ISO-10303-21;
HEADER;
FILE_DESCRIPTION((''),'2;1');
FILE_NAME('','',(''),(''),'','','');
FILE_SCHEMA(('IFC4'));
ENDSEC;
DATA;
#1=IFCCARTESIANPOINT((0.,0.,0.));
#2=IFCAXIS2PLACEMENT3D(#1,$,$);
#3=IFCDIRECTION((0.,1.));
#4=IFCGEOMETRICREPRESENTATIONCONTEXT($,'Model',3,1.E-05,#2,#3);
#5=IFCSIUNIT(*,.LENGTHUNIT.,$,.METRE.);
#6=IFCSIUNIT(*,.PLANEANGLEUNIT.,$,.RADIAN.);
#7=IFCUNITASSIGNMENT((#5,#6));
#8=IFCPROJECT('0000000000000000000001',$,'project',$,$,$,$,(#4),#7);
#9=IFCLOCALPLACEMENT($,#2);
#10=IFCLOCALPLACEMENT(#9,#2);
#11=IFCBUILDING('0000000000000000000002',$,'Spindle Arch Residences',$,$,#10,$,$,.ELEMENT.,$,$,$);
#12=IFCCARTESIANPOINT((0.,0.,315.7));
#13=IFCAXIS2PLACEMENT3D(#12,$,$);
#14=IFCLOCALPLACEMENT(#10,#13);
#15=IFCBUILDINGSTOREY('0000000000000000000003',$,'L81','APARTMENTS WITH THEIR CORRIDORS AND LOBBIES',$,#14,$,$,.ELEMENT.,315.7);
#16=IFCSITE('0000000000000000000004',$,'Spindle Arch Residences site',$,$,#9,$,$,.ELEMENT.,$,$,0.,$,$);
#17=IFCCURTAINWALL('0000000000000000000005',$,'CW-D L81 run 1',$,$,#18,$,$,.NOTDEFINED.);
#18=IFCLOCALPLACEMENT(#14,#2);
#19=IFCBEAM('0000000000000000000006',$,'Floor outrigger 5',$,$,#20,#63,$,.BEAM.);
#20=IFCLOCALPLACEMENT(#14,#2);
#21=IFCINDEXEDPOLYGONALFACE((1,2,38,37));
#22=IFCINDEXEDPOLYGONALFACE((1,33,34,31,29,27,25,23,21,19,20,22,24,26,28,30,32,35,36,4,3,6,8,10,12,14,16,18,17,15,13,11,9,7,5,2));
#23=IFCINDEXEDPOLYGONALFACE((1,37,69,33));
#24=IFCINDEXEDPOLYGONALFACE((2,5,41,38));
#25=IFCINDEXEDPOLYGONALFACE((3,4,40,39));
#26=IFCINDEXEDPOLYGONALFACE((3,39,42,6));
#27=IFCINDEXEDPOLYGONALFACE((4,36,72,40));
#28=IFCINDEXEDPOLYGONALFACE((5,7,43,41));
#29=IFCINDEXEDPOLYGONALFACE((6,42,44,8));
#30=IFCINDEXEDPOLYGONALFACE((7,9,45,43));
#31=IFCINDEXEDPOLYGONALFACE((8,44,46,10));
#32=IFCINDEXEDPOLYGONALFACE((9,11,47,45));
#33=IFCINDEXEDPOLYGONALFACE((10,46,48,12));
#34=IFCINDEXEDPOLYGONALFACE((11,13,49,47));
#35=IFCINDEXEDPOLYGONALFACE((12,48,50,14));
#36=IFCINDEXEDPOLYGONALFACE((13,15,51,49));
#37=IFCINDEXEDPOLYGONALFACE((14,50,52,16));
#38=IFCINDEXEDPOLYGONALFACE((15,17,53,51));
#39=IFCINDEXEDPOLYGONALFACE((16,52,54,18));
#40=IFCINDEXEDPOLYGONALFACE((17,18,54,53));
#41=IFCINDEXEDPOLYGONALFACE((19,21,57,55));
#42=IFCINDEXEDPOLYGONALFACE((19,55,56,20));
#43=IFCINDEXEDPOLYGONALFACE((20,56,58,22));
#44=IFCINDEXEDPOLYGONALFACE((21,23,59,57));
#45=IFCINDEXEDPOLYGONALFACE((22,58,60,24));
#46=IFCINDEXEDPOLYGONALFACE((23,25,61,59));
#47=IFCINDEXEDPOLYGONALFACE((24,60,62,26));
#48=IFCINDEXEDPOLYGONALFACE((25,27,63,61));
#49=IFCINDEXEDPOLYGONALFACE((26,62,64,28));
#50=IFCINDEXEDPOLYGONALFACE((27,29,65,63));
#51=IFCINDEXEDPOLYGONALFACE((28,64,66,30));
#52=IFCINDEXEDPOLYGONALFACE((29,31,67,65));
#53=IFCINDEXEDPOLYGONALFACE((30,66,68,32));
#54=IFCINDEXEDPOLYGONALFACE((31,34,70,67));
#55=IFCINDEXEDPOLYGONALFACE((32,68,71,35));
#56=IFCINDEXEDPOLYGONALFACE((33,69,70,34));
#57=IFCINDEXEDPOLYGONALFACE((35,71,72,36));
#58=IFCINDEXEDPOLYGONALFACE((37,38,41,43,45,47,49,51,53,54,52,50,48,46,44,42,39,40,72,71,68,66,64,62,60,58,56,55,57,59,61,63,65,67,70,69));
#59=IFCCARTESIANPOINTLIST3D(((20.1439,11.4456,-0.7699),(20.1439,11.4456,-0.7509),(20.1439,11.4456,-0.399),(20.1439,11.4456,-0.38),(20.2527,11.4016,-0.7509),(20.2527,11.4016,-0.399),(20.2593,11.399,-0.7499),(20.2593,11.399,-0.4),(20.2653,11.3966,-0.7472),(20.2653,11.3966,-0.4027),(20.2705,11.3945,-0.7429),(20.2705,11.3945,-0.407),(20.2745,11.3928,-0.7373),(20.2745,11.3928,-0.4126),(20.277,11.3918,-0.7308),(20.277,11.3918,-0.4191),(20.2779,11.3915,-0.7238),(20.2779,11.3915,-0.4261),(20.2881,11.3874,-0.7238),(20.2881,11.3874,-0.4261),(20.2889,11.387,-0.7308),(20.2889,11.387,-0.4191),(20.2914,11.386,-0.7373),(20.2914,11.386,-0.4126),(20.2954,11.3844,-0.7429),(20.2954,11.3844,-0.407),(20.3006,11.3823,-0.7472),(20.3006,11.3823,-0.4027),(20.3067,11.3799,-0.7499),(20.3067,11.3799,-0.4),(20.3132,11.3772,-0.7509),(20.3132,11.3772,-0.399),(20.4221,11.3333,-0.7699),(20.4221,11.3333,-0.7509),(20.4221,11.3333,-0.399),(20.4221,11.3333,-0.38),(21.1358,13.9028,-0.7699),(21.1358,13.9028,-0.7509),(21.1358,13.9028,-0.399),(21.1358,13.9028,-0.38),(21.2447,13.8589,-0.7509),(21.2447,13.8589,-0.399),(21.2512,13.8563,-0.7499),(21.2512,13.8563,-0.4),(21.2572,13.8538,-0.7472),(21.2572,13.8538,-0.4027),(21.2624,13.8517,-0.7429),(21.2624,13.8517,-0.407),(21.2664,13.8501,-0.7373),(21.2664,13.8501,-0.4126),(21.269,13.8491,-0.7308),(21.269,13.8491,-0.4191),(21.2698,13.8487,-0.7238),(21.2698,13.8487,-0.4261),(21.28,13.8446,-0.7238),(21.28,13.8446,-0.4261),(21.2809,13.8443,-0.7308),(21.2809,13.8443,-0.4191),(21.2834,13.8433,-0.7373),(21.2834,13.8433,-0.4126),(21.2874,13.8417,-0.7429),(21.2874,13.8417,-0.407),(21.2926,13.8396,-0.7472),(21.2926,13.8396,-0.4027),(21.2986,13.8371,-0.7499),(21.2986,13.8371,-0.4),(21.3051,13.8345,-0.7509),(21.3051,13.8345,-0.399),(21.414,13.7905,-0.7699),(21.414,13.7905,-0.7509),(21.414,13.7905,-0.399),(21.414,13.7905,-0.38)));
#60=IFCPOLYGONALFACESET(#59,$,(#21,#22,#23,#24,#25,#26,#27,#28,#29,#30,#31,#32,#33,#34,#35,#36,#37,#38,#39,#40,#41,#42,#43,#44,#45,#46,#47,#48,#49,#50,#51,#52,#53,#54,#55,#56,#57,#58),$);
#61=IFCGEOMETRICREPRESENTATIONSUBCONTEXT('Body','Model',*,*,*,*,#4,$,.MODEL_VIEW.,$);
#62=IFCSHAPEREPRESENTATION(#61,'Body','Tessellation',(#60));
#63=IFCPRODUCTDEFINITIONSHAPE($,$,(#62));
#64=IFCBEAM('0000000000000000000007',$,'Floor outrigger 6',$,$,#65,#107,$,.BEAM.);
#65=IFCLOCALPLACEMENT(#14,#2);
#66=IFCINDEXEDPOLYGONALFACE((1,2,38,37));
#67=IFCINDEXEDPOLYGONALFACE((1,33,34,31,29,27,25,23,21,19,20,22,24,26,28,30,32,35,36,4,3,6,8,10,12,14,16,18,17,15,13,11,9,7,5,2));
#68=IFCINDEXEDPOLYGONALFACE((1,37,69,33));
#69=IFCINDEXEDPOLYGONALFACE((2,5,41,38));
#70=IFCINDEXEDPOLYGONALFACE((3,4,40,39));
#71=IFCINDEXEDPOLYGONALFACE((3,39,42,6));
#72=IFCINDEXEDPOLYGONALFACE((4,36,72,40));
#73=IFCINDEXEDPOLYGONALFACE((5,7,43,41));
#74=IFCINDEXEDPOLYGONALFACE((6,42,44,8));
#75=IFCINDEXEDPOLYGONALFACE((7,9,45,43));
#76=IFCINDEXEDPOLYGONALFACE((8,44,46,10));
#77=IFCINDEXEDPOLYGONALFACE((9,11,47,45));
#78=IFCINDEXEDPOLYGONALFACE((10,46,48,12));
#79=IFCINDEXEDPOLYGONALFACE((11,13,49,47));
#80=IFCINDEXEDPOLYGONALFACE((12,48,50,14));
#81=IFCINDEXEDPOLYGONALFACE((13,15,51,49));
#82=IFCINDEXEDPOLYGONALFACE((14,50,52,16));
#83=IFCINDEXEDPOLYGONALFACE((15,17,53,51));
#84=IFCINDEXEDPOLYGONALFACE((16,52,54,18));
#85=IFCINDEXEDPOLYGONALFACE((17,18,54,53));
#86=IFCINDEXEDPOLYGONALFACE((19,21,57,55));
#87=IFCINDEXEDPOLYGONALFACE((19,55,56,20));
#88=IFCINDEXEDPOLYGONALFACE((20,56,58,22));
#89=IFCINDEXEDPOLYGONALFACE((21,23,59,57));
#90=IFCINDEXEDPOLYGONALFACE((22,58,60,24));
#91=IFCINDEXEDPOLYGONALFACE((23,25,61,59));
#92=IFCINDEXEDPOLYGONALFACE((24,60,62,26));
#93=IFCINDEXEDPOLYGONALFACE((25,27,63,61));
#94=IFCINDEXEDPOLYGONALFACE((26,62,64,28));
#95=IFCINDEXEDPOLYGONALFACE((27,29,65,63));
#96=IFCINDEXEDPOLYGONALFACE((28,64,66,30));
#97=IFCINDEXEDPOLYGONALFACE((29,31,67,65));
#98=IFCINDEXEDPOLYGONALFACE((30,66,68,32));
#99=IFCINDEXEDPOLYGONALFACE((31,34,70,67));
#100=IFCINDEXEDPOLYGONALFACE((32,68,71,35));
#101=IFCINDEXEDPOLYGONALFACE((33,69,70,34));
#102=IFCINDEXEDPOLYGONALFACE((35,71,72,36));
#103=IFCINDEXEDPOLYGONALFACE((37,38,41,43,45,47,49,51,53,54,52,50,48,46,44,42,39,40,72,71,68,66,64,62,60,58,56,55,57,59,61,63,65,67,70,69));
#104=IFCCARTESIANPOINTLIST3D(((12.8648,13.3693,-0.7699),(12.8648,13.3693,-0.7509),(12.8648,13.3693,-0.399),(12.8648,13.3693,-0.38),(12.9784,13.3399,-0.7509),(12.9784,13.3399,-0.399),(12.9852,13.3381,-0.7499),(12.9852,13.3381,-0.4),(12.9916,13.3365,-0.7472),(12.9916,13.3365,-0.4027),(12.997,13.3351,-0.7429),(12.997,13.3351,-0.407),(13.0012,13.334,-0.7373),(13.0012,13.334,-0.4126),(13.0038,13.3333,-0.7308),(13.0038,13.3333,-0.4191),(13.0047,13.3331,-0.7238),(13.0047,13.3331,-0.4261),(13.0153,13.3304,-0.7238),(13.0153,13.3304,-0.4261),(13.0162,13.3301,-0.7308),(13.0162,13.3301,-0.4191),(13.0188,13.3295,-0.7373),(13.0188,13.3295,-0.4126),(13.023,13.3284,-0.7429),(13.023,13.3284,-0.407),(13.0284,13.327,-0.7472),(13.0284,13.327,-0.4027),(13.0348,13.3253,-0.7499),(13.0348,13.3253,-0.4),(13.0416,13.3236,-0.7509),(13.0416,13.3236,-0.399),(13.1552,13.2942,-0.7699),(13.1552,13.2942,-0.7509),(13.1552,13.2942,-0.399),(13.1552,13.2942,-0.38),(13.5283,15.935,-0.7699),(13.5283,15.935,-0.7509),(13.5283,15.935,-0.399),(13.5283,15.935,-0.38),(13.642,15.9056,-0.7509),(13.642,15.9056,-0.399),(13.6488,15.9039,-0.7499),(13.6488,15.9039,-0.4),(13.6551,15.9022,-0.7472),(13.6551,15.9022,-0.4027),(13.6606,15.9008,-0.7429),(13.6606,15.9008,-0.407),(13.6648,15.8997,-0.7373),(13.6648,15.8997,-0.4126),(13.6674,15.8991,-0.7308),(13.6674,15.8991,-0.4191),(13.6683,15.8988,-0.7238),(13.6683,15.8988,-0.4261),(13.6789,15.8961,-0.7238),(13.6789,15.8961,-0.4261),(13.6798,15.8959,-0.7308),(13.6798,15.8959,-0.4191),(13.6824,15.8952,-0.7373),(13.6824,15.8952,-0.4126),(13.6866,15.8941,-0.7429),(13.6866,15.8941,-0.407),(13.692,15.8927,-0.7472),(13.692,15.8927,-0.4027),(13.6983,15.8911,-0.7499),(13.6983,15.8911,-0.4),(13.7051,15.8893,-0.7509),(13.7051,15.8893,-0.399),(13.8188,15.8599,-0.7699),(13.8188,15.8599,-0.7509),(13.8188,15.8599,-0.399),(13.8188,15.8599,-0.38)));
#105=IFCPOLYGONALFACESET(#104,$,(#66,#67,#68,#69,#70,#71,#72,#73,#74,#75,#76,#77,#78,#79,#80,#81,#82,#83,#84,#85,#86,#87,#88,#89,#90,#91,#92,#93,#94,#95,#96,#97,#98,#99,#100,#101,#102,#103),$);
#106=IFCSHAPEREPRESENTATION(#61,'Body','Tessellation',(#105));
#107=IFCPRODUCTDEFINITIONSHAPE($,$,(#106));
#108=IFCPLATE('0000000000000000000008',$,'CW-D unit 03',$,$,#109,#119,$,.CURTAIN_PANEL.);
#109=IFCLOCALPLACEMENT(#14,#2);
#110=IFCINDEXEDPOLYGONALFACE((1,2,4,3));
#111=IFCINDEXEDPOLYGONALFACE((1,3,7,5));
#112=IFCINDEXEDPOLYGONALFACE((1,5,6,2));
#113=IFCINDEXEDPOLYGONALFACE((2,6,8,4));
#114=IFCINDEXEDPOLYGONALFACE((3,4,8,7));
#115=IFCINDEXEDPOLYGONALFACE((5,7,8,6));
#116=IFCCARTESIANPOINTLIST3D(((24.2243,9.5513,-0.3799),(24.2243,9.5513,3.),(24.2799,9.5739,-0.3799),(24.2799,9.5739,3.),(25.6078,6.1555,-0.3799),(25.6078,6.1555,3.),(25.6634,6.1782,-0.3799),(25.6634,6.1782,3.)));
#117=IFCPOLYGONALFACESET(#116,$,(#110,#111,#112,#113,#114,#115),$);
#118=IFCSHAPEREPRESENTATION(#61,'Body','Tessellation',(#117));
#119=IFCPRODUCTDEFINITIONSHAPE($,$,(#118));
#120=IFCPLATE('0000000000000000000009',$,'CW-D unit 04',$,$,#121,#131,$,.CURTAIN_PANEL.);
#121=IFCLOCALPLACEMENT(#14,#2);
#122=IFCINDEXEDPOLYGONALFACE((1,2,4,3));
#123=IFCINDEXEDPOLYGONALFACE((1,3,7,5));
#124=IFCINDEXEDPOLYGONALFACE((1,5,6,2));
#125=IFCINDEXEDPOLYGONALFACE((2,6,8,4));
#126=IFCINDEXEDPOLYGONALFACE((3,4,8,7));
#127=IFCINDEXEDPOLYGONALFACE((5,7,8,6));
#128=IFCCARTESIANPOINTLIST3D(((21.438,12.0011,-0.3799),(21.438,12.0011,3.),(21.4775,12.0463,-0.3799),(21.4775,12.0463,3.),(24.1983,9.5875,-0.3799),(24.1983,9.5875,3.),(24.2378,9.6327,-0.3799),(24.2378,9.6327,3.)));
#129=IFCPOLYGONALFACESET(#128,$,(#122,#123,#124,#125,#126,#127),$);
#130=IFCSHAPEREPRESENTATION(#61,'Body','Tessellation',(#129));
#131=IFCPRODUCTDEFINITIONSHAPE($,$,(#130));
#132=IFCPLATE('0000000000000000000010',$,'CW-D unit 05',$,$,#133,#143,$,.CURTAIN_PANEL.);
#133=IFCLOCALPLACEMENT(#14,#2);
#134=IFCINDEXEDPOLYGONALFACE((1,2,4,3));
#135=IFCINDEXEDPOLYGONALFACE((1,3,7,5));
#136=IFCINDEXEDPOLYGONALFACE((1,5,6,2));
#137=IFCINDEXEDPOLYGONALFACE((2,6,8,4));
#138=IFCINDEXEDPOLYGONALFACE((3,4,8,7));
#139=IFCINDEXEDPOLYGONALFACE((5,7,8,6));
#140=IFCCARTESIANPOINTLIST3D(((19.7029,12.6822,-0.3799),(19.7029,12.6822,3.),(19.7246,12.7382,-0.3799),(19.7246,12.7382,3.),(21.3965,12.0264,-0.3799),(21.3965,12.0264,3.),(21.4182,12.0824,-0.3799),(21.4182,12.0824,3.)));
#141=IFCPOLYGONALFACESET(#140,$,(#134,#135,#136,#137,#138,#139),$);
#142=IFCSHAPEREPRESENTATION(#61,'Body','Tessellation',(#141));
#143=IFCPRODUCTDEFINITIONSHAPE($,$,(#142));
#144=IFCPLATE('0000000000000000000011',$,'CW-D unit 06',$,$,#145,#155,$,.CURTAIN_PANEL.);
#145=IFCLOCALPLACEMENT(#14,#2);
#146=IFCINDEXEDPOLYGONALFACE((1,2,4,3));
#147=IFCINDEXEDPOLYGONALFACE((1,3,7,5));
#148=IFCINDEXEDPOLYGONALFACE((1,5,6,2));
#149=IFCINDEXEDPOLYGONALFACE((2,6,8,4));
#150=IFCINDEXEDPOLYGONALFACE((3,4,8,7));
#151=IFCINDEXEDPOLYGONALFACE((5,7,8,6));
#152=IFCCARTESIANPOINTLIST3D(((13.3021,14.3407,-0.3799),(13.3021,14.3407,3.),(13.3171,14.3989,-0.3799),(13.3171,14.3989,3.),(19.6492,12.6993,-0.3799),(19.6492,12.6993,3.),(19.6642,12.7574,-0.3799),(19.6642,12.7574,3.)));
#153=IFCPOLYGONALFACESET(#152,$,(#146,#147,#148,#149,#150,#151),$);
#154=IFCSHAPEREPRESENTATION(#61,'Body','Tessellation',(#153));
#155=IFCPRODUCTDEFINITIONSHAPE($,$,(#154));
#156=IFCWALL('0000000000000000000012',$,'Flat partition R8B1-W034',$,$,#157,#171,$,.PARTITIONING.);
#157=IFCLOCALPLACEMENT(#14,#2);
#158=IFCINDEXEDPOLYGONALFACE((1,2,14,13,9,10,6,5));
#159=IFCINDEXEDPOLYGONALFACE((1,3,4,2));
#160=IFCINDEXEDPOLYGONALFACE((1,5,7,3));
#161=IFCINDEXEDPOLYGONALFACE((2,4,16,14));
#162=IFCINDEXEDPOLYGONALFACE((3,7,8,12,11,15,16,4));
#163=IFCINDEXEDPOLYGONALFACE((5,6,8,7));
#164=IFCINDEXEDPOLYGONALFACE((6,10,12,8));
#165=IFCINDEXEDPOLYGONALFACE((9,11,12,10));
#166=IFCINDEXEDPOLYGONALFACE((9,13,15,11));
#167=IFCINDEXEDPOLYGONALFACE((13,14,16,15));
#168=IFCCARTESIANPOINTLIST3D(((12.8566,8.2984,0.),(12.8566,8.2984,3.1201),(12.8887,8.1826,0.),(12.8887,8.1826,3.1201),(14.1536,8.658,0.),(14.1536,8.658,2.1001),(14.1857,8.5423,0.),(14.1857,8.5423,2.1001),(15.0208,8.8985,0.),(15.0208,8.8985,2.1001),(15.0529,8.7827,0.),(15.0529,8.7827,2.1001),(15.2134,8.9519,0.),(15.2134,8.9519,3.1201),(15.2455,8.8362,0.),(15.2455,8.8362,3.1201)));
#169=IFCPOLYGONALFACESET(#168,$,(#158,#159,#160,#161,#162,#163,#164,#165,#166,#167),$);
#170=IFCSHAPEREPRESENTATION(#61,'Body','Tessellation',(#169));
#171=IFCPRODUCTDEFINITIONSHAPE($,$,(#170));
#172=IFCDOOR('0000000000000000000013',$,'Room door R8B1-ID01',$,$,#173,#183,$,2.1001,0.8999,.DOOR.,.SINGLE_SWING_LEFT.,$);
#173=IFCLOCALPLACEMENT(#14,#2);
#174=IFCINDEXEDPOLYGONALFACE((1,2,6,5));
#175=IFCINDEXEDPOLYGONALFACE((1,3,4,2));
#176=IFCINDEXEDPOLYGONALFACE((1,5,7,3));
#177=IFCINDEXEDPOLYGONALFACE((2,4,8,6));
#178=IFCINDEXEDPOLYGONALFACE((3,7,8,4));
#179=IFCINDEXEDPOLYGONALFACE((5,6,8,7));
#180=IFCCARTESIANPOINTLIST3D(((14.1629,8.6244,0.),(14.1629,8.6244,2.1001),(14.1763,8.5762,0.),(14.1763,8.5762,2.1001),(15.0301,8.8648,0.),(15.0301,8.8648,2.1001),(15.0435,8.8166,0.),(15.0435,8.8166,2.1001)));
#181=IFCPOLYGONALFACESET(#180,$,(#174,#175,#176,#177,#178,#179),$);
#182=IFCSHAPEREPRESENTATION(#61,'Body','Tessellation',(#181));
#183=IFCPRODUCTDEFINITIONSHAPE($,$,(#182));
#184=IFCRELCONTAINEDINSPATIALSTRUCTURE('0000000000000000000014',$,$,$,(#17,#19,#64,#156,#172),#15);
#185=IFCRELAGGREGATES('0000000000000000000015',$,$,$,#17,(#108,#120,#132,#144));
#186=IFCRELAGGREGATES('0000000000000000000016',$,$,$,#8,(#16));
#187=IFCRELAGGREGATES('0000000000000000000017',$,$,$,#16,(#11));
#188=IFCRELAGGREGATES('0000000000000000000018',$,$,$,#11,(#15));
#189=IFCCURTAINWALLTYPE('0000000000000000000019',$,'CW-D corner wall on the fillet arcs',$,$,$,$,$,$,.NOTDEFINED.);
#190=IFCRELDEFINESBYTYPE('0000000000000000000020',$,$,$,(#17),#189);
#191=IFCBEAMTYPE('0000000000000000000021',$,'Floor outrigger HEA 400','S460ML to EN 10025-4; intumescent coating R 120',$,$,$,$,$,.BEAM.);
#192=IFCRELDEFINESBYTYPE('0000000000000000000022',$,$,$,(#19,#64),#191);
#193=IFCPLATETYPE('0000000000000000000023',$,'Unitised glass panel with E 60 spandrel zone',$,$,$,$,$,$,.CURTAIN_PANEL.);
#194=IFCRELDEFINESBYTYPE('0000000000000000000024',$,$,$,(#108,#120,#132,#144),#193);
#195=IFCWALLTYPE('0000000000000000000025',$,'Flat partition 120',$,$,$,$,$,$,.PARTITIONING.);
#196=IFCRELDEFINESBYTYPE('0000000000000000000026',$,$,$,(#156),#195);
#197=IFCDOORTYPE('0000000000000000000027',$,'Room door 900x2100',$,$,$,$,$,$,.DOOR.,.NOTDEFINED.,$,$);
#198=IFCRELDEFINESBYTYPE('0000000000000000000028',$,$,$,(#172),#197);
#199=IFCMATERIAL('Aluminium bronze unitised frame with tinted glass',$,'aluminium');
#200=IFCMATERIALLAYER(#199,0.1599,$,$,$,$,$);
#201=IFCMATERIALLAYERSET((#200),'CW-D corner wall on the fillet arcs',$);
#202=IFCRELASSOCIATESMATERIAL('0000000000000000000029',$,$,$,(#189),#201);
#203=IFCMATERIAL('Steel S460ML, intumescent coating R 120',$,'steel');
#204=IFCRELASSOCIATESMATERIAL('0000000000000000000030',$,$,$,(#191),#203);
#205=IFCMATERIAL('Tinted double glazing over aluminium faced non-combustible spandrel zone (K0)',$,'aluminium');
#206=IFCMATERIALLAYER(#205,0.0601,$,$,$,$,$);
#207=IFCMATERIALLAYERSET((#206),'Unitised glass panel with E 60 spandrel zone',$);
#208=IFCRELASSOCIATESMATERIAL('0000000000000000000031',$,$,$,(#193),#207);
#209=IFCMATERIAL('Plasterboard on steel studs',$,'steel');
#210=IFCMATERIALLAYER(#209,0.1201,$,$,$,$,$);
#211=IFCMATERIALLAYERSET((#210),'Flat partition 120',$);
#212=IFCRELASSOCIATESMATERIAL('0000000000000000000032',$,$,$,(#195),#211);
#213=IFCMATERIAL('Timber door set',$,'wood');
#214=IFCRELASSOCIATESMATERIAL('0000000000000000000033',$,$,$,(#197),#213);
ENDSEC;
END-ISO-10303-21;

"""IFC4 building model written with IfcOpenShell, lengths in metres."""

from ifc_helpers import new_model, si_unit, direction, frame, frame_2d, origin, origin_2d, place, context, subcontext, project, spatial, rectangle, i_section, extrude, material, layer, layer_set, material_profile, profile_set, type_object, element, fill, aggregate, save


model = new_model("IFC4")

# Units and contexts
model_context = context("Model", 3, precision=1e-05, world=origin(), true_north=direction((0.0, 1.0)))
body_context = subcontext(model_context, "Body", "Model", "MODEL_VIEW")
ifc_project = project(units=[si_unit("LENGTHUNIT", "METRE"), si_unit("PLANEANGLEUNIT", "RADIAN")], contexts=[model_context])

# Site, building, storey
site_placement = place(None, origin())
site = spatial("IfcSite", under=ifc_project, at=site_placement, Name="Spindle Arch Residences site", CompositionType="ELEMENT", RefElevation=0.0)
building_placement = place(site_placement, origin())
building = spatial("IfcBuilding", under=site, at=building_placement, Name="Spindle Arch Residences", CompositionType="ELEMENT")
storey_placement = place(building_placement, frame((0.0, 0.0, 315.7)))
storey = spatial("IfcBuildingStorey", under=building, at=storey_placement, Name="L81", Description="APARTMENTS WITH THEIR CORRIDORS AND LOBBIES", CompositionType="ELEMENT", Elevation=315.7)

# Curtain wall
ifc_material_1 = material(Name="Aluminium bronze unitised frame with tinted glass", Category="aluminium")
ifc_layer_1 = layer(ifc_material_1, 0.1599)
ifc_layer_set_1 = layer_set([ifc_layer_1], Name="CW-D corner wall on the fillet arcs")
curtain_wall_type = type_object("IfcCurtainWallType", Name="CW-D corner wall on the fillet arcs", PredefinedType="NOTDEFINED", material=ifc_layer_set_1)
curtain_wall_placement = place(storey_placement, origin())
curtain_wall = element("IfcCurtainWall", 1, at=curtain_wall_placement, inside=storey, type_object=curtain_wall_type, Name="CW-D L81 run 1", PredefinedType="NOTDEFINED")

# Beams
ifc_material_2 = material(Name="Steel S460ML, intumescent coating R 120", Category="steel")
ifc_material_profile_1 = material_profile(ifc_material_2, i_section(OverallWidth=0.3, OverallDepth=0.3899, WebThickness=0.011, FlangeThickness=0.019, FilletRadius=0.0271, at=origin_2d()), Name="HEA 400")
ifc_profile_set_1 = profile_set([ifc_material_profile_1], Name="Steel S460ML, intumescent coating R 120")
beam_type_1 = type_object("IfcBeamType", Name="Floor outrigger HEA 400", Description="S460ML to EN 10025-4; intumescent coating R 120", PredefinedType="BEAM", material=ifc_profile_set_1)
for number, where, z_axis, x_axis, name in (
    (2, (21.2749, 13.8467, -0.575), (-0.374327, -0.927297, 0.0), (0.927297, -0.374327, 0.0), "Floor outrigger 5"),
):
    element("IfcBeam", number, at=place(storey_placement, frame(where, z_axis=z_axis, x_axis=x_axis)), inside=storey, type_object=beam_type_1, Name=name, PredefinedType="BEAM", context=body_context, shape_type="SweptSolid", body=[
        extrude(i_section(OverallWidth=0.3, OverallDepth=0.3899, WebThickness=0.011, FlangeThickness=0.019, FilletRadius=0.0271, at=origin_2d()), origin(), (0.0, 0.0, 1.0), 2.6499),
    ])
beam_1_placement = place(storey_placement, frame((13.6736, 15.8975, -0.575), z_axis=(-0.250396, -0.968143, 0.0), x_axis=(0.968143, -0.250396, 0.0)))
element("IfcBeam", 3, at=beam_1_placement, inside=storey, type_object=beam_type_1, Name="Floor outrigger 6", PredefinedType="BEAM", context=body_context, shape_type="SweptSolid", body=[
    extrude(i_section(OverallWidth=0.3, OverallDepth=0.3899, WebThickness=0.011, FlangeThickness=0.019, FilletRadius=0.0271, at=origin_2d()), origin(), (0.0, 0.0, 1.0), 2.6501),
])

# Plates
ifc_material_3 = material(Name="Tinted double glazing over aluminium faced non-combustible spandrel zone (K0)", Category="aluminium")
ifc_layer_2 = layer(ifc_material_3, 0.0601)
ifc_layer_set_2 = layer_set([ifc_layer_2], Name="Unitised glass panel with E 60 spandrel zone")
plate_type = type_object("IfcPlateType", Name="Unitised glass panel with E 60 spandrel zone", PredefinedType="CURTAIN_PANEL", material=ifc_layer_set_2)
plate_1_placement = place(storey_placement, frame((24.9438, 7.8647, -0.3799), z_axis=(0.0, 0.0, 1.0), x_axis=(-0.377302, 0.92609, 0.0)))
plate_1 = element("IfcPlate", 4, at=plate_1_placement, type_object=plate_type, Name="CW-D unit 03", PredefinedType="CURTAIN_PANEL", context=body_context, shape_type="SweptSolid", body=[
    extrude(rectangle(XDim=3.6667, YDim=0.0601, at=origin_2d()), origin(), (0.0, 0.0, 1.0), 3.3799),
])
plate_2_placement = place(storey_placement, frame((22.8379, 10.8169, -0.3799), z_axis=(0.0, 0.0, 1.0), x_axis=(-0.752798, 0.658252, 0.0)))
plate_2 = element("IfcPlate", 5, at=plate_2_placement, type_object=plate_type, Name="CW-D unit 04", PredefinedType="CURTAIN_PANEL", context=body_context, shape_type="SweptSolid", body=[
    extrude(rectangle(XDim=3.6667, YDim=0.0601, at=origin_2d()), origin(), (0.0, 0.0, 1.0), 3.3799),
])
plate_3_placement = place(storey_placement, frame((20.5605, 12.3823, -0.3799), z_axis=(0.0, 0.0, 1.0), x_axis=(-0.932534, 0.361082, 0.0)))
plate_3 = element("IfcPlate", 6, at=plate_3_placement, type_object=plate_type, Name="CW-D unit 05", PredefinedType="CURTAIN_PANEL", context=body_context, shape_type="SweptSolid", body=[
    extrude(rectangle(XDim=1.8162, YDim=0.0601, at=origin_2d()), origin(), (0.0, 0.0, 1.0), 3.3799),
])
plate_4_placement = place(storey_placement, frame((16.4832, 13.5491, -0.3799), z_axis=(0.0, 0.0, 1.0), x_axis=(-0.968148, 0.25038, 0.0)))
plate_4 = element("IfcPlate", 7, at=plate_4_placement, type_object=plate_type, Name="CW-D unit 06", PredefinedType="CURTAIN_PANEL", context=body_context, shape_type="SweptSolid", body=[
    extrude(rectangle(XDim=6.5559, YDim=0.0601, at=origin_2d()), origin(), (0.0, 0.0, 1.0), 3.3799),
])
aggregate(curtain_wall, [plate_1, plate_2, plate_3, plate_4])

# Wall, opening, door
ifc_material_4 = material(Name="Plasterboard on steel studs", Category="steel")
ifc_layer_3 = layer(ifc_material_4, 0.1201)
ifc_layer_set_3 = layer_set([ifc_layer_3], Name="Flat partition 120")
wall_type = type_object("IfcWallType", Name="Flat partition 120", PredefinedType="PARTITIONING", material=ifc_layer_set_3)
wall_1_placement = place(storey_placement, frame((15.2295, 8.894, 0.0), z_axis=(0.0, 0.0, 1.0), x_axis=(-0.963638, -0.267211, 0.0)))
wall_1 = element("IfcWall", 8, at=wall_1_placement, inside=storey, type_object=wall_type, Name="Flat partition R8B1-W034", PredefinedType="PARTITIONING", context=body_context, shape_type="SweptSolid", body=[
    extrude(rectangle(XDim=2.4458, YDim=0.1201, at=frame_2d((1.2229, 0.0))), origin(), (0.0, 0.0, 1.0), 3.1201),
])
opening_1_placement = place(wall_1_placement, frame((0.2, 0.0, 0.0)))
opening_1 = element("IfcOpeningElement", 9, at=opening_1_placement, cuts=wall_1, PredefinedType="OPENING", context=body_context, shape_type="SweptSolid", body=[
    extrude(rectangle(XDim=0.8999, YDim=2.1001, at=frame_2d((0.45, 1.05))), frame((0.0, 0.0701, 0.0), z_axis=(0.0, -1.0, 0.0), x_axis=(1.0, 0.0, 0.0)), (0.0, 0.0, 1.0), 0.1401),
])
ifc_material_5 = material(Name="Timber door set", Category="wood")
door_type = type_object("IfcDoorType", Name="Room door 900x2100", OperationType="NOTDEFINED", PredefinedType="DOOR", material=ifc_material_5)
door_1_placement = place(opening_1_placement, origin())
door_1 = element("IfcDoor", 10, at=door_1_placement, inside=storey, type_object=door_type, Name="Room door R8B1-ID01", OperationType="SINGLE_SWING_LEFT", OverallHeight=2.1001, OverallWidth=0.8999, PredefinedType="DOOR", context=body_context, shape_type="SweptSolid", body=[
    extrude(rectangle(XDim=0.8999, YDim=2.1001, at=frame_2d((0.45, 1.05))), frame((0.0, 0.0249, 0.0), z_axis=(0.0, -1.0, 0.0), x_axis=(1.0, 0.0, 0.0)), (0.0, 0.0, 1.0), 0.05),
])
fill(opening_1, door_1)

save(model, "model.ifc")
